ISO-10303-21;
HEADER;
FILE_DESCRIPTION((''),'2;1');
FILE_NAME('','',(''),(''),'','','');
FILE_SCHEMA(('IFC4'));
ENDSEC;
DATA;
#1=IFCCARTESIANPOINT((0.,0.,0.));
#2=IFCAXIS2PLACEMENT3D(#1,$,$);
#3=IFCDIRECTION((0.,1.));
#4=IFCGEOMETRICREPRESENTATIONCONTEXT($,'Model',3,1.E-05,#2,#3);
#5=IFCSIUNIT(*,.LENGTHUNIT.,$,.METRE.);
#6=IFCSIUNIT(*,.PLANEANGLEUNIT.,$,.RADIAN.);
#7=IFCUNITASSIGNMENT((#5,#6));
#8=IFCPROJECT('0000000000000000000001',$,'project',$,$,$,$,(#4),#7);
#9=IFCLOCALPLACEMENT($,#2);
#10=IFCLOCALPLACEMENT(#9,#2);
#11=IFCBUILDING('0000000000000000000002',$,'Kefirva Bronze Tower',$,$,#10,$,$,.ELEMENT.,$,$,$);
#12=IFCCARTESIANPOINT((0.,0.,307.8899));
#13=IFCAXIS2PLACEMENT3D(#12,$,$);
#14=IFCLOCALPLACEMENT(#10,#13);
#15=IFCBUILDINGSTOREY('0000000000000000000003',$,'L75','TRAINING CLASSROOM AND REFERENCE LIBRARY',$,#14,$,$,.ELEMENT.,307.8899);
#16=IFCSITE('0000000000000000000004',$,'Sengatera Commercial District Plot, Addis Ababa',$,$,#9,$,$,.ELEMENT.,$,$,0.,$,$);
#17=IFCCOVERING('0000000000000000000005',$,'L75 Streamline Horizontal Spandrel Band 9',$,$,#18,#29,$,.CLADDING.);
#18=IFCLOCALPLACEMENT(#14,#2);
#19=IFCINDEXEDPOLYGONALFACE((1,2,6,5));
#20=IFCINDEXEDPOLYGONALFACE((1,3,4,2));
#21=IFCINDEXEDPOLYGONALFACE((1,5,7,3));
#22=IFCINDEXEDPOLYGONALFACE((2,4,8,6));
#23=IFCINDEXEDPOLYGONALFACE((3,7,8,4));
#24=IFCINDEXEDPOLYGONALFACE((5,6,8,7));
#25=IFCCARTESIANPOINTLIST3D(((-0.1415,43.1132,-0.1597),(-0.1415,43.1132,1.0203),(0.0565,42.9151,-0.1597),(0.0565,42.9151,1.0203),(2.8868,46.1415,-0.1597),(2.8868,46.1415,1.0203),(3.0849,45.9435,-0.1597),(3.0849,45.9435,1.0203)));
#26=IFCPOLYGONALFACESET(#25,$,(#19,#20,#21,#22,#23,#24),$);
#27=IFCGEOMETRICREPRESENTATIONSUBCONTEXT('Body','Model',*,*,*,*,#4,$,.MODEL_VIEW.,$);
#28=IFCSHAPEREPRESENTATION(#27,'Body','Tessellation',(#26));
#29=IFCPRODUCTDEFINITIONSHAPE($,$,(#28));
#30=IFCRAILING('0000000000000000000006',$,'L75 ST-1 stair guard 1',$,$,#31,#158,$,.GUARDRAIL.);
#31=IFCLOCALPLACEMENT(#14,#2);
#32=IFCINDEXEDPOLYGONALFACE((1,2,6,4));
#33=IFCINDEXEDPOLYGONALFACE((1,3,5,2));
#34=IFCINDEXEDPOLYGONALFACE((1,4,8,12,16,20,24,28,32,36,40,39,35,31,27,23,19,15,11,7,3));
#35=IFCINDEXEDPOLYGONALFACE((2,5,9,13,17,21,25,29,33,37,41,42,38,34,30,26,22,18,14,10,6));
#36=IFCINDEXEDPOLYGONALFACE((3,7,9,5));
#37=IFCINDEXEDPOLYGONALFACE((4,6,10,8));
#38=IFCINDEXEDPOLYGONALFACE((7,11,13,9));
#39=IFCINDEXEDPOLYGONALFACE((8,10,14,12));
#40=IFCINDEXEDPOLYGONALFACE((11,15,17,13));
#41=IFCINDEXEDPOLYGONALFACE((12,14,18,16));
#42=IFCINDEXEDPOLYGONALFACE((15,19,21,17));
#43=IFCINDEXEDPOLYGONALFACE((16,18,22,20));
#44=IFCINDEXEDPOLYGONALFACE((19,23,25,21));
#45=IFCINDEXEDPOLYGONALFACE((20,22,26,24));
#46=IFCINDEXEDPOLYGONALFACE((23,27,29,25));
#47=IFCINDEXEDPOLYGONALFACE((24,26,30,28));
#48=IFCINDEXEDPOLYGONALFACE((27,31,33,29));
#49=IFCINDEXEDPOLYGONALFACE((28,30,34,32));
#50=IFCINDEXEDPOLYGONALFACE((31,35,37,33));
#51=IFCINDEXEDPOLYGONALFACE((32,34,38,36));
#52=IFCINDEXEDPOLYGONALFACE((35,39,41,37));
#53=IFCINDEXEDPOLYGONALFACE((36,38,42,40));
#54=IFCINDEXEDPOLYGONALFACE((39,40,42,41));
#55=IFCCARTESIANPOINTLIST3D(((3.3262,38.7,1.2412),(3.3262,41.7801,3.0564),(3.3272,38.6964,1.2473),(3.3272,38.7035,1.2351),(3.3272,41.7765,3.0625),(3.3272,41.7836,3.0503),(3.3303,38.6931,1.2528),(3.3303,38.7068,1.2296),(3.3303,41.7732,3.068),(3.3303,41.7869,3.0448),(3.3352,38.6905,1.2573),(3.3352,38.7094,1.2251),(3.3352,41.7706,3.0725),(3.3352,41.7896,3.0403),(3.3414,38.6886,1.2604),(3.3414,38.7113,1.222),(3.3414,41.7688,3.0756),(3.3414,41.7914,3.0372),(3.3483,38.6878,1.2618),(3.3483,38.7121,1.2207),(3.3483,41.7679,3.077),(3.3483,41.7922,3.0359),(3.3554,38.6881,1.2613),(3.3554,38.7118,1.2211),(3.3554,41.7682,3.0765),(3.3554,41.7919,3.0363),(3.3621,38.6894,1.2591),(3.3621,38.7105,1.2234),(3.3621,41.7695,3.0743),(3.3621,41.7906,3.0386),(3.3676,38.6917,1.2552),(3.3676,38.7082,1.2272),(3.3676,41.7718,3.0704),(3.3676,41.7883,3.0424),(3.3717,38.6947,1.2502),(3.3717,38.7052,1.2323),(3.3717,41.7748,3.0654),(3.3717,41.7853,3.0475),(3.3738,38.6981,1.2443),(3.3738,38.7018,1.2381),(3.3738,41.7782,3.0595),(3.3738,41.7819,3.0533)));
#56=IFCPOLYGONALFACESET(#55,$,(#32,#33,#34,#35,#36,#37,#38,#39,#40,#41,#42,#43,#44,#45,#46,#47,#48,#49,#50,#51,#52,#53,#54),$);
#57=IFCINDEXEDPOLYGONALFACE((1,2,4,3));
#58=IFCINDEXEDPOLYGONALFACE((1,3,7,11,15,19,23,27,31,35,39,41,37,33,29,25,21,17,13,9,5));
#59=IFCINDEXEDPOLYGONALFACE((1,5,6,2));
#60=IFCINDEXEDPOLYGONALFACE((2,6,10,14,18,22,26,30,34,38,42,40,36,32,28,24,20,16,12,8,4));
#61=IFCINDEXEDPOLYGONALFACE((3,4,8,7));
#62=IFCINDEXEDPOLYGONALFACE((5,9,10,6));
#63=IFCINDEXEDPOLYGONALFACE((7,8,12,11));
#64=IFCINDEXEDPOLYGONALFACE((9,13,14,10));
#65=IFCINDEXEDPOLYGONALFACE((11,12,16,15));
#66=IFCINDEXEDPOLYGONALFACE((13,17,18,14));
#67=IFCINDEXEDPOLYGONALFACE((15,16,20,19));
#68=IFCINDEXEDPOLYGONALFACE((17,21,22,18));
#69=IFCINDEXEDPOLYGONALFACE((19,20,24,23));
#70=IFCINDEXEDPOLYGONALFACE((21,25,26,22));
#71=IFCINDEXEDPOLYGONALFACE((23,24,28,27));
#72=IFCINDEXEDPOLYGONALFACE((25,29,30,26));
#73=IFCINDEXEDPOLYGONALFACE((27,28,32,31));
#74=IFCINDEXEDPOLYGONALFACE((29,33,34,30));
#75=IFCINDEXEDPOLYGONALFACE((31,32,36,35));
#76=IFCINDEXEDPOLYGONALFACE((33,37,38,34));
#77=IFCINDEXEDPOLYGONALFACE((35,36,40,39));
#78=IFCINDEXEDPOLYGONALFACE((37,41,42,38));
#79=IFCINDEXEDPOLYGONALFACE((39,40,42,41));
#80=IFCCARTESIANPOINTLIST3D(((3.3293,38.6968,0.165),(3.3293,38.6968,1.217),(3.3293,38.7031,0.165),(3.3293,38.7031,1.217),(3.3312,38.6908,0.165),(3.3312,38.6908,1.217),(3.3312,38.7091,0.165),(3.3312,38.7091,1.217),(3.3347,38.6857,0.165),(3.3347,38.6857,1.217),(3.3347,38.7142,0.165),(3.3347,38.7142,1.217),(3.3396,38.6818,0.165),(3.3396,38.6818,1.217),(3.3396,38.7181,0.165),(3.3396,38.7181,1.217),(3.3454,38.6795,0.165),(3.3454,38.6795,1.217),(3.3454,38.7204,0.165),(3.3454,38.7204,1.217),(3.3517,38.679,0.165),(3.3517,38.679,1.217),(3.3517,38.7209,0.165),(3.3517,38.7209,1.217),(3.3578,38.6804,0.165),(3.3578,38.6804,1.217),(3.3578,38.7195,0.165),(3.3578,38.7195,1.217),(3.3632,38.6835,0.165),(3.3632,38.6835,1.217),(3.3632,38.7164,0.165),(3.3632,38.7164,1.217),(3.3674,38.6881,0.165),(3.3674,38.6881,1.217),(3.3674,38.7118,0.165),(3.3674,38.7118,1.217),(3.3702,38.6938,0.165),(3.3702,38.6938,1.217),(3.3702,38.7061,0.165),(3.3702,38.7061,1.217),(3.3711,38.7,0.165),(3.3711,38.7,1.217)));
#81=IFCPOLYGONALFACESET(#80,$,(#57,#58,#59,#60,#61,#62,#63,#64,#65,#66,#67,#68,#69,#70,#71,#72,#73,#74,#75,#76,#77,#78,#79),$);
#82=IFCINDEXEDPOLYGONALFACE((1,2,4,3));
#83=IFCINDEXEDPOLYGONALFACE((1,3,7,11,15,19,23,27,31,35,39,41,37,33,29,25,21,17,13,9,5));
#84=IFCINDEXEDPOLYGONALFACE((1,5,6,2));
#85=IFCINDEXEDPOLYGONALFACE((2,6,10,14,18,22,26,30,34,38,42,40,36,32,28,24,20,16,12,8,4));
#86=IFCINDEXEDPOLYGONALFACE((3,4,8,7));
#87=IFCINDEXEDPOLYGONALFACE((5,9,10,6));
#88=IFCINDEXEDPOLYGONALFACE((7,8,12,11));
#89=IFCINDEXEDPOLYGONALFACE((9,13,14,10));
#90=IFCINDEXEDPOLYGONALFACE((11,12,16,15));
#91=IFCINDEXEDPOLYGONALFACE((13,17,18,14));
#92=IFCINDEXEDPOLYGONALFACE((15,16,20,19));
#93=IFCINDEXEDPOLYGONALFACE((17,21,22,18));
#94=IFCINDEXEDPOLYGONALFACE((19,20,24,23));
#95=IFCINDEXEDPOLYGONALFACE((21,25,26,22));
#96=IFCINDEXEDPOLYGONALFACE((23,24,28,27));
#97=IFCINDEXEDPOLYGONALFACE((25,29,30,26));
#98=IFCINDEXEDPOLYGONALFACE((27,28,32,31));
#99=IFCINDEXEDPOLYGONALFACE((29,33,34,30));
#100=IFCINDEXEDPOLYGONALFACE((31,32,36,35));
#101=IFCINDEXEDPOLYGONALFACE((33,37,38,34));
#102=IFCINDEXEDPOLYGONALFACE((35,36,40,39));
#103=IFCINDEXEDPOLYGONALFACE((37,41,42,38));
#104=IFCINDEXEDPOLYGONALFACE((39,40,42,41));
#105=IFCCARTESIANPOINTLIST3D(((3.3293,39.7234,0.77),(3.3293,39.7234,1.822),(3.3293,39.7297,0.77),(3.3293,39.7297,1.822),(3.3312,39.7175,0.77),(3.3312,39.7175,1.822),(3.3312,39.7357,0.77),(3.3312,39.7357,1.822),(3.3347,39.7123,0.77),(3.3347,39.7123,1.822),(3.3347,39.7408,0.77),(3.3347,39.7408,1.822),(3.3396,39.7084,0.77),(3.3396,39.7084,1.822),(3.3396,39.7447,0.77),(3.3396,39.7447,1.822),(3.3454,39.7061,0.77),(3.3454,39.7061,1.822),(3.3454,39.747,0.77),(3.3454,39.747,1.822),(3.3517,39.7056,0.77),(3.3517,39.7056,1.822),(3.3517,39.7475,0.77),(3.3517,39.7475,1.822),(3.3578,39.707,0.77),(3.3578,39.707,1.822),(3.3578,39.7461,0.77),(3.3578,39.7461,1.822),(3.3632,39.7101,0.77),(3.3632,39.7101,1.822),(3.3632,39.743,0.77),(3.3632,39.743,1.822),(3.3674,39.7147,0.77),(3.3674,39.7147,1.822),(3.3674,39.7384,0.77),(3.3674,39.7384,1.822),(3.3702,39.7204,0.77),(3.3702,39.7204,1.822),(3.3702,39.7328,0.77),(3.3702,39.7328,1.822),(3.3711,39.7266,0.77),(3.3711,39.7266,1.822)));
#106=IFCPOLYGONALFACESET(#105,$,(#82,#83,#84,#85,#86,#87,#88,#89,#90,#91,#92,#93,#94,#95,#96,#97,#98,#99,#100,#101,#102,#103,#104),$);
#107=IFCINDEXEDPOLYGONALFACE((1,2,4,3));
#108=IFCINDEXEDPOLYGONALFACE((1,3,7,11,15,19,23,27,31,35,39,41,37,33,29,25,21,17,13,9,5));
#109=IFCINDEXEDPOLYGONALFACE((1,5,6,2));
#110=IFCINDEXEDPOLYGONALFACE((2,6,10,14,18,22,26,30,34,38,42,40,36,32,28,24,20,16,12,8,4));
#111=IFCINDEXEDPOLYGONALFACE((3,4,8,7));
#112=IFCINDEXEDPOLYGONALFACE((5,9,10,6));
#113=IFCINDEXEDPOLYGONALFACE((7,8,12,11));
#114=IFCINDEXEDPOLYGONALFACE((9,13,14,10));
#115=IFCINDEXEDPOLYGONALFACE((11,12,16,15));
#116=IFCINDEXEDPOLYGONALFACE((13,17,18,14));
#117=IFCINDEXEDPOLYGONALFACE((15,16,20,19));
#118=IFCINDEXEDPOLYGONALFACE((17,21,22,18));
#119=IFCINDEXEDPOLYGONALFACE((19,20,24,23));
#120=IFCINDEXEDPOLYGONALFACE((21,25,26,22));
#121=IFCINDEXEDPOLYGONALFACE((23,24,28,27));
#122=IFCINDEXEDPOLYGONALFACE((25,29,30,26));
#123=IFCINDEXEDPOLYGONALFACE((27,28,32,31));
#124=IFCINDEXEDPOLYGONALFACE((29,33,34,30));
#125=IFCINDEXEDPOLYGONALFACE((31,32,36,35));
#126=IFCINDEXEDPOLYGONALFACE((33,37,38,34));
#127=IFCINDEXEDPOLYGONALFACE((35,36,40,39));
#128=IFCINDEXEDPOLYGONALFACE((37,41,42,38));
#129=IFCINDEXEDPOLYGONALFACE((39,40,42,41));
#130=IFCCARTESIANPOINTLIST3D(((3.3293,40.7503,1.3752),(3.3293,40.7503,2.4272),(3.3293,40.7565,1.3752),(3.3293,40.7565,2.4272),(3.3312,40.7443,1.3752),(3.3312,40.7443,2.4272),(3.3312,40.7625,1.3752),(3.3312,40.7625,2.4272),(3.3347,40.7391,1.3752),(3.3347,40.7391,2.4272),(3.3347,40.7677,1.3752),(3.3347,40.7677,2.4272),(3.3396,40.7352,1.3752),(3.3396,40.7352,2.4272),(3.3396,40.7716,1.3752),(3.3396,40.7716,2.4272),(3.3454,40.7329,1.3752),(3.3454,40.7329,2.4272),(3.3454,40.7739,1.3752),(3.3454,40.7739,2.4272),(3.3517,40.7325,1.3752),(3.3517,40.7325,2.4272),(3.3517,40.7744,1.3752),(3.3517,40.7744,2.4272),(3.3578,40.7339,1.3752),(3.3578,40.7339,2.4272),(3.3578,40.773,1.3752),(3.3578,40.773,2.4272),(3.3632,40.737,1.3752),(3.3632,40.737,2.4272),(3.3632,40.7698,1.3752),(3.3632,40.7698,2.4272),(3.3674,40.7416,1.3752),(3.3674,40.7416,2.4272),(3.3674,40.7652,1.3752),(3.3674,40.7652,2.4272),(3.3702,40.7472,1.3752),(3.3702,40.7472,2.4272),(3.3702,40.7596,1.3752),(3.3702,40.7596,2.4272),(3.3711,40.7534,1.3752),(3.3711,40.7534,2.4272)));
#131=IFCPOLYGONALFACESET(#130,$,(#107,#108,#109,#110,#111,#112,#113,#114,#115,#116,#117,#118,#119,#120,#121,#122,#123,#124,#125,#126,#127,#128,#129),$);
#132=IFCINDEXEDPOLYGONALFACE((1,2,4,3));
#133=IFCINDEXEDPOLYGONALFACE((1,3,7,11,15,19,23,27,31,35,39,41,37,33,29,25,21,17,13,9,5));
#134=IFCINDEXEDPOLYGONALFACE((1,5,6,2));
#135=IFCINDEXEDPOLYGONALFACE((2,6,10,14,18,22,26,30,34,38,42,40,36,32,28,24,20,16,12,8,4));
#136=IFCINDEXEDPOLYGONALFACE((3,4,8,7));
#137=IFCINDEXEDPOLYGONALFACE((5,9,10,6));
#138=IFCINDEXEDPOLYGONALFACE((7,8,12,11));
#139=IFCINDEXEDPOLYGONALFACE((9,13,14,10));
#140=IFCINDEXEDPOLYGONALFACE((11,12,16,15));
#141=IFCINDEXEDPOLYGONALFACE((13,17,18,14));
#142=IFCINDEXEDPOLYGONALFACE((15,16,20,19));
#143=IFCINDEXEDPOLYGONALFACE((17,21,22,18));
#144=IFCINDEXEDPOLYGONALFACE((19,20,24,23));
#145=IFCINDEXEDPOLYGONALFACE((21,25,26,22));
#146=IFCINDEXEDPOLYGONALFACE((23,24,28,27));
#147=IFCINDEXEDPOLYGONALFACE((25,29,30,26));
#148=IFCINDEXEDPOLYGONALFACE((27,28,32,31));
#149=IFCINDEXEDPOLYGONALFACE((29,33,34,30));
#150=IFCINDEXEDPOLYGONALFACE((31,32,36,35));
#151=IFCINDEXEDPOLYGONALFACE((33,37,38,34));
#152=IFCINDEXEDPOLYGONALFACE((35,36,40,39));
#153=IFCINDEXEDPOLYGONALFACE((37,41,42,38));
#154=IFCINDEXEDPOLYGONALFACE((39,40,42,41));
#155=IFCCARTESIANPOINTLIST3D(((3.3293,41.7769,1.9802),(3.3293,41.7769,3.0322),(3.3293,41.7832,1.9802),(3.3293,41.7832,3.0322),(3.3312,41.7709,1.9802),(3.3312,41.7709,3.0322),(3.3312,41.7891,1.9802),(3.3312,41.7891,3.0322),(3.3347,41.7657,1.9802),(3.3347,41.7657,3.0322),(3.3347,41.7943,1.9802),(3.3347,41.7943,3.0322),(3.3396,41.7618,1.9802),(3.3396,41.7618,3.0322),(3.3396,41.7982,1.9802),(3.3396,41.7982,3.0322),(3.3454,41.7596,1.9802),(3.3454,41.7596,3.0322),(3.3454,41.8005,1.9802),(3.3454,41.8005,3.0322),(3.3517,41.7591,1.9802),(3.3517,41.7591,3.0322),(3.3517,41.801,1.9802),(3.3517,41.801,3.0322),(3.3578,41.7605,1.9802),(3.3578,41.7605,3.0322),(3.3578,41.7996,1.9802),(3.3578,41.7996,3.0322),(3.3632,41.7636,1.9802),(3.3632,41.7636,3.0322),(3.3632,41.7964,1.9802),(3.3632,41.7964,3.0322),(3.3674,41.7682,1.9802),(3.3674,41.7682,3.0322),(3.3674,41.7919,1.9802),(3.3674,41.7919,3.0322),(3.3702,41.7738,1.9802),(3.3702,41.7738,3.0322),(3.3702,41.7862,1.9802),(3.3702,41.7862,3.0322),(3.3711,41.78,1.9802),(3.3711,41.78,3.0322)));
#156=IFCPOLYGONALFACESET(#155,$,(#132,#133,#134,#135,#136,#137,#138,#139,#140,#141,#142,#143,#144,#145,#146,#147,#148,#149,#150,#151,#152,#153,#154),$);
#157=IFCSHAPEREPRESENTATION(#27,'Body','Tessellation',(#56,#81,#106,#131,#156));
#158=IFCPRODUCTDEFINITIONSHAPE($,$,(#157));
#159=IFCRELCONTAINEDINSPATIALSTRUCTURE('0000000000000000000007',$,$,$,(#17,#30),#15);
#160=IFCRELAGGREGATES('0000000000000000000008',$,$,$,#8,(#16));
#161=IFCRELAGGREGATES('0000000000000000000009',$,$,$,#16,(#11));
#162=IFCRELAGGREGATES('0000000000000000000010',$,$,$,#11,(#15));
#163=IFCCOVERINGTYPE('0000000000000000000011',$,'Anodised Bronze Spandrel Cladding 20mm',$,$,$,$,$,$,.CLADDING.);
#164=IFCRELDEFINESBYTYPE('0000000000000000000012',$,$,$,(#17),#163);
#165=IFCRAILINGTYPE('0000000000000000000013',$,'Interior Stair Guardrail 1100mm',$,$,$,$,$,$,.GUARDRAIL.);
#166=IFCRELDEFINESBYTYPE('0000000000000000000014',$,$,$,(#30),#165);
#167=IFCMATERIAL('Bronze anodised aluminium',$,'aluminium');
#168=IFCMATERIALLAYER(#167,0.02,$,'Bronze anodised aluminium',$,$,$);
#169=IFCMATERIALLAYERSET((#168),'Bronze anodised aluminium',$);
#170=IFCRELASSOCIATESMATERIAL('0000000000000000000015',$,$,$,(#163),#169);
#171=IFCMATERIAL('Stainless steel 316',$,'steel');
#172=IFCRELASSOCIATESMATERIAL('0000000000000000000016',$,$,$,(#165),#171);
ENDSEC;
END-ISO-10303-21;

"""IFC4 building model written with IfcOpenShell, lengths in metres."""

from ifc_helpers import new_model, si_unit, direction, frame, origin, origin_2d, place, context, subcontext, project, spatial, rectangle, circle, extrude, material, layer, layer_set, type_object, element, save


model = new_model("IFC4")

# Units and contexts
model_context = context("Model", 3, precision=1e-05, world=origin(), true_north=direction((0.0, 1.0)))
body_context = subcontext(model_context, "Body", "Model", "MODEL_VIEW")
ifc_project = project(units=[si_unit("LENGTHUNIT", "METRE"), si_unit("PLANEANGLEUNIT", "RADIAN")], contexts=[model_context])

# Site, building, storey
site_placement = place(None, origin())
site = spatial("IfcSite", under=ifc_project, at=site_placement, Name="Sengatera Commercial District Plot, Addis Ababa", CompositionType="ELEMENT", RefElevation=0.0)
building_placement = place(site_placement, origin())
building = spatial("IfcBuilding", under=site, at=building_placement, Name="Kefirva Bronze Tower", CompositionType="ELEMENT")
storey_placement = place(building_placement, frame((0.0, 0.0, 307.8899)))
storey = spatial("IfcBuildingStorey", under=building, at=storey_placement, Name="L75", Description="TRAINING CLASSROOM AND REFERENCE LIBRARY", CompositionType="ELEMENT", Elevation=307.8899)

# Covering
ifc_material_1 = material(Name="Bronze anodised aluminium", Category="aluminium")
ifc_layer_1 = layer(ifc_material_1, 0.02, Name="Bronze anodised aluminium")
ifc_layer_set_1 = layer_set([ifc_layer_1], Name="Bronze anodised aluminium")
covering_type_1 = type_object("IfcCoveringType", Name="Anodised Bronze Spandrel Cladding 20mm", PredefinedType="CLADDING", material=ifc_layer_set_1)
covering_1_placement = place(storey_placement, frame((1.4717, 44.5283, -0.1597), z_axis=(0.0, 0.0, 1.0), x_axis=(-0.707107, -0.707107, 0.0)))
element("IfcCovering", 1, at=covering_1_placement, inside=storey, type_object=covering_type_1, Name="L75 Streamline Horizontal Spandrel Band 9", PredefinedType="CLADDING", context=body_context, shape_type="SweptSolid", body=[
    extrude(rectangle(XDim=4.2827, YDim=0.28, at=origin_2d()), origin(), (0.0, 0.0, 1.0), 1.1799),
])

# Railing
ifc_material_2 = material(Name="Stainless steel 316", Category="steel")
railing_type_1 = type_object("IfcRailingType", Name="Interior Stair Guardrail 1100mm", PredefinedType="GUARDRAIL", material=ifc_material_2)
railing_1_placement = place(storey_placement, frame((3.3501, 38.7, 0.165)))
element("IfcRailing", 2, at=railing_1_placement, inside=storey, type_object=railing_type_1, Name="L75 ST-1 stair guard 1", PredefinedType="GUARDRAIL", context=body_context, shape_type="SweptSolid", body=[
    extrude(circle(Radius=0.0239, at=origin_2d()), frame((0.0, 0.0, 1.0762), z_axis=(0.0, 0.861521, 0.507721), x_axis=(-1.0, 0.0, 0.0)), (0.0, 0.0, 1.0), 3.5752),
    extrude(circle(Radius=0.021, at=origin_2d()), origin(), (0.0, 0.0, 1.0), 1.052),
    extrude(circle(Radius=0.021, at=origin_2d()), frame((0.0, 1.0266, 0.605)), (0.0, 0.0, 1.0), 1.052),
    extrude(circle(Radius=0.021, at=origin_2d()), frame((0.0, 2.0535, 1.2102)), (0.0, 0.0, 1.0), 1.052),
    extrude(circle(Radius=0.021, at=origin_2d()), frame((0.0, 3.0801, 1.8152)), (0.0, 0.0, 1.0), 1.052),
])

save(model, "model.ifc")
